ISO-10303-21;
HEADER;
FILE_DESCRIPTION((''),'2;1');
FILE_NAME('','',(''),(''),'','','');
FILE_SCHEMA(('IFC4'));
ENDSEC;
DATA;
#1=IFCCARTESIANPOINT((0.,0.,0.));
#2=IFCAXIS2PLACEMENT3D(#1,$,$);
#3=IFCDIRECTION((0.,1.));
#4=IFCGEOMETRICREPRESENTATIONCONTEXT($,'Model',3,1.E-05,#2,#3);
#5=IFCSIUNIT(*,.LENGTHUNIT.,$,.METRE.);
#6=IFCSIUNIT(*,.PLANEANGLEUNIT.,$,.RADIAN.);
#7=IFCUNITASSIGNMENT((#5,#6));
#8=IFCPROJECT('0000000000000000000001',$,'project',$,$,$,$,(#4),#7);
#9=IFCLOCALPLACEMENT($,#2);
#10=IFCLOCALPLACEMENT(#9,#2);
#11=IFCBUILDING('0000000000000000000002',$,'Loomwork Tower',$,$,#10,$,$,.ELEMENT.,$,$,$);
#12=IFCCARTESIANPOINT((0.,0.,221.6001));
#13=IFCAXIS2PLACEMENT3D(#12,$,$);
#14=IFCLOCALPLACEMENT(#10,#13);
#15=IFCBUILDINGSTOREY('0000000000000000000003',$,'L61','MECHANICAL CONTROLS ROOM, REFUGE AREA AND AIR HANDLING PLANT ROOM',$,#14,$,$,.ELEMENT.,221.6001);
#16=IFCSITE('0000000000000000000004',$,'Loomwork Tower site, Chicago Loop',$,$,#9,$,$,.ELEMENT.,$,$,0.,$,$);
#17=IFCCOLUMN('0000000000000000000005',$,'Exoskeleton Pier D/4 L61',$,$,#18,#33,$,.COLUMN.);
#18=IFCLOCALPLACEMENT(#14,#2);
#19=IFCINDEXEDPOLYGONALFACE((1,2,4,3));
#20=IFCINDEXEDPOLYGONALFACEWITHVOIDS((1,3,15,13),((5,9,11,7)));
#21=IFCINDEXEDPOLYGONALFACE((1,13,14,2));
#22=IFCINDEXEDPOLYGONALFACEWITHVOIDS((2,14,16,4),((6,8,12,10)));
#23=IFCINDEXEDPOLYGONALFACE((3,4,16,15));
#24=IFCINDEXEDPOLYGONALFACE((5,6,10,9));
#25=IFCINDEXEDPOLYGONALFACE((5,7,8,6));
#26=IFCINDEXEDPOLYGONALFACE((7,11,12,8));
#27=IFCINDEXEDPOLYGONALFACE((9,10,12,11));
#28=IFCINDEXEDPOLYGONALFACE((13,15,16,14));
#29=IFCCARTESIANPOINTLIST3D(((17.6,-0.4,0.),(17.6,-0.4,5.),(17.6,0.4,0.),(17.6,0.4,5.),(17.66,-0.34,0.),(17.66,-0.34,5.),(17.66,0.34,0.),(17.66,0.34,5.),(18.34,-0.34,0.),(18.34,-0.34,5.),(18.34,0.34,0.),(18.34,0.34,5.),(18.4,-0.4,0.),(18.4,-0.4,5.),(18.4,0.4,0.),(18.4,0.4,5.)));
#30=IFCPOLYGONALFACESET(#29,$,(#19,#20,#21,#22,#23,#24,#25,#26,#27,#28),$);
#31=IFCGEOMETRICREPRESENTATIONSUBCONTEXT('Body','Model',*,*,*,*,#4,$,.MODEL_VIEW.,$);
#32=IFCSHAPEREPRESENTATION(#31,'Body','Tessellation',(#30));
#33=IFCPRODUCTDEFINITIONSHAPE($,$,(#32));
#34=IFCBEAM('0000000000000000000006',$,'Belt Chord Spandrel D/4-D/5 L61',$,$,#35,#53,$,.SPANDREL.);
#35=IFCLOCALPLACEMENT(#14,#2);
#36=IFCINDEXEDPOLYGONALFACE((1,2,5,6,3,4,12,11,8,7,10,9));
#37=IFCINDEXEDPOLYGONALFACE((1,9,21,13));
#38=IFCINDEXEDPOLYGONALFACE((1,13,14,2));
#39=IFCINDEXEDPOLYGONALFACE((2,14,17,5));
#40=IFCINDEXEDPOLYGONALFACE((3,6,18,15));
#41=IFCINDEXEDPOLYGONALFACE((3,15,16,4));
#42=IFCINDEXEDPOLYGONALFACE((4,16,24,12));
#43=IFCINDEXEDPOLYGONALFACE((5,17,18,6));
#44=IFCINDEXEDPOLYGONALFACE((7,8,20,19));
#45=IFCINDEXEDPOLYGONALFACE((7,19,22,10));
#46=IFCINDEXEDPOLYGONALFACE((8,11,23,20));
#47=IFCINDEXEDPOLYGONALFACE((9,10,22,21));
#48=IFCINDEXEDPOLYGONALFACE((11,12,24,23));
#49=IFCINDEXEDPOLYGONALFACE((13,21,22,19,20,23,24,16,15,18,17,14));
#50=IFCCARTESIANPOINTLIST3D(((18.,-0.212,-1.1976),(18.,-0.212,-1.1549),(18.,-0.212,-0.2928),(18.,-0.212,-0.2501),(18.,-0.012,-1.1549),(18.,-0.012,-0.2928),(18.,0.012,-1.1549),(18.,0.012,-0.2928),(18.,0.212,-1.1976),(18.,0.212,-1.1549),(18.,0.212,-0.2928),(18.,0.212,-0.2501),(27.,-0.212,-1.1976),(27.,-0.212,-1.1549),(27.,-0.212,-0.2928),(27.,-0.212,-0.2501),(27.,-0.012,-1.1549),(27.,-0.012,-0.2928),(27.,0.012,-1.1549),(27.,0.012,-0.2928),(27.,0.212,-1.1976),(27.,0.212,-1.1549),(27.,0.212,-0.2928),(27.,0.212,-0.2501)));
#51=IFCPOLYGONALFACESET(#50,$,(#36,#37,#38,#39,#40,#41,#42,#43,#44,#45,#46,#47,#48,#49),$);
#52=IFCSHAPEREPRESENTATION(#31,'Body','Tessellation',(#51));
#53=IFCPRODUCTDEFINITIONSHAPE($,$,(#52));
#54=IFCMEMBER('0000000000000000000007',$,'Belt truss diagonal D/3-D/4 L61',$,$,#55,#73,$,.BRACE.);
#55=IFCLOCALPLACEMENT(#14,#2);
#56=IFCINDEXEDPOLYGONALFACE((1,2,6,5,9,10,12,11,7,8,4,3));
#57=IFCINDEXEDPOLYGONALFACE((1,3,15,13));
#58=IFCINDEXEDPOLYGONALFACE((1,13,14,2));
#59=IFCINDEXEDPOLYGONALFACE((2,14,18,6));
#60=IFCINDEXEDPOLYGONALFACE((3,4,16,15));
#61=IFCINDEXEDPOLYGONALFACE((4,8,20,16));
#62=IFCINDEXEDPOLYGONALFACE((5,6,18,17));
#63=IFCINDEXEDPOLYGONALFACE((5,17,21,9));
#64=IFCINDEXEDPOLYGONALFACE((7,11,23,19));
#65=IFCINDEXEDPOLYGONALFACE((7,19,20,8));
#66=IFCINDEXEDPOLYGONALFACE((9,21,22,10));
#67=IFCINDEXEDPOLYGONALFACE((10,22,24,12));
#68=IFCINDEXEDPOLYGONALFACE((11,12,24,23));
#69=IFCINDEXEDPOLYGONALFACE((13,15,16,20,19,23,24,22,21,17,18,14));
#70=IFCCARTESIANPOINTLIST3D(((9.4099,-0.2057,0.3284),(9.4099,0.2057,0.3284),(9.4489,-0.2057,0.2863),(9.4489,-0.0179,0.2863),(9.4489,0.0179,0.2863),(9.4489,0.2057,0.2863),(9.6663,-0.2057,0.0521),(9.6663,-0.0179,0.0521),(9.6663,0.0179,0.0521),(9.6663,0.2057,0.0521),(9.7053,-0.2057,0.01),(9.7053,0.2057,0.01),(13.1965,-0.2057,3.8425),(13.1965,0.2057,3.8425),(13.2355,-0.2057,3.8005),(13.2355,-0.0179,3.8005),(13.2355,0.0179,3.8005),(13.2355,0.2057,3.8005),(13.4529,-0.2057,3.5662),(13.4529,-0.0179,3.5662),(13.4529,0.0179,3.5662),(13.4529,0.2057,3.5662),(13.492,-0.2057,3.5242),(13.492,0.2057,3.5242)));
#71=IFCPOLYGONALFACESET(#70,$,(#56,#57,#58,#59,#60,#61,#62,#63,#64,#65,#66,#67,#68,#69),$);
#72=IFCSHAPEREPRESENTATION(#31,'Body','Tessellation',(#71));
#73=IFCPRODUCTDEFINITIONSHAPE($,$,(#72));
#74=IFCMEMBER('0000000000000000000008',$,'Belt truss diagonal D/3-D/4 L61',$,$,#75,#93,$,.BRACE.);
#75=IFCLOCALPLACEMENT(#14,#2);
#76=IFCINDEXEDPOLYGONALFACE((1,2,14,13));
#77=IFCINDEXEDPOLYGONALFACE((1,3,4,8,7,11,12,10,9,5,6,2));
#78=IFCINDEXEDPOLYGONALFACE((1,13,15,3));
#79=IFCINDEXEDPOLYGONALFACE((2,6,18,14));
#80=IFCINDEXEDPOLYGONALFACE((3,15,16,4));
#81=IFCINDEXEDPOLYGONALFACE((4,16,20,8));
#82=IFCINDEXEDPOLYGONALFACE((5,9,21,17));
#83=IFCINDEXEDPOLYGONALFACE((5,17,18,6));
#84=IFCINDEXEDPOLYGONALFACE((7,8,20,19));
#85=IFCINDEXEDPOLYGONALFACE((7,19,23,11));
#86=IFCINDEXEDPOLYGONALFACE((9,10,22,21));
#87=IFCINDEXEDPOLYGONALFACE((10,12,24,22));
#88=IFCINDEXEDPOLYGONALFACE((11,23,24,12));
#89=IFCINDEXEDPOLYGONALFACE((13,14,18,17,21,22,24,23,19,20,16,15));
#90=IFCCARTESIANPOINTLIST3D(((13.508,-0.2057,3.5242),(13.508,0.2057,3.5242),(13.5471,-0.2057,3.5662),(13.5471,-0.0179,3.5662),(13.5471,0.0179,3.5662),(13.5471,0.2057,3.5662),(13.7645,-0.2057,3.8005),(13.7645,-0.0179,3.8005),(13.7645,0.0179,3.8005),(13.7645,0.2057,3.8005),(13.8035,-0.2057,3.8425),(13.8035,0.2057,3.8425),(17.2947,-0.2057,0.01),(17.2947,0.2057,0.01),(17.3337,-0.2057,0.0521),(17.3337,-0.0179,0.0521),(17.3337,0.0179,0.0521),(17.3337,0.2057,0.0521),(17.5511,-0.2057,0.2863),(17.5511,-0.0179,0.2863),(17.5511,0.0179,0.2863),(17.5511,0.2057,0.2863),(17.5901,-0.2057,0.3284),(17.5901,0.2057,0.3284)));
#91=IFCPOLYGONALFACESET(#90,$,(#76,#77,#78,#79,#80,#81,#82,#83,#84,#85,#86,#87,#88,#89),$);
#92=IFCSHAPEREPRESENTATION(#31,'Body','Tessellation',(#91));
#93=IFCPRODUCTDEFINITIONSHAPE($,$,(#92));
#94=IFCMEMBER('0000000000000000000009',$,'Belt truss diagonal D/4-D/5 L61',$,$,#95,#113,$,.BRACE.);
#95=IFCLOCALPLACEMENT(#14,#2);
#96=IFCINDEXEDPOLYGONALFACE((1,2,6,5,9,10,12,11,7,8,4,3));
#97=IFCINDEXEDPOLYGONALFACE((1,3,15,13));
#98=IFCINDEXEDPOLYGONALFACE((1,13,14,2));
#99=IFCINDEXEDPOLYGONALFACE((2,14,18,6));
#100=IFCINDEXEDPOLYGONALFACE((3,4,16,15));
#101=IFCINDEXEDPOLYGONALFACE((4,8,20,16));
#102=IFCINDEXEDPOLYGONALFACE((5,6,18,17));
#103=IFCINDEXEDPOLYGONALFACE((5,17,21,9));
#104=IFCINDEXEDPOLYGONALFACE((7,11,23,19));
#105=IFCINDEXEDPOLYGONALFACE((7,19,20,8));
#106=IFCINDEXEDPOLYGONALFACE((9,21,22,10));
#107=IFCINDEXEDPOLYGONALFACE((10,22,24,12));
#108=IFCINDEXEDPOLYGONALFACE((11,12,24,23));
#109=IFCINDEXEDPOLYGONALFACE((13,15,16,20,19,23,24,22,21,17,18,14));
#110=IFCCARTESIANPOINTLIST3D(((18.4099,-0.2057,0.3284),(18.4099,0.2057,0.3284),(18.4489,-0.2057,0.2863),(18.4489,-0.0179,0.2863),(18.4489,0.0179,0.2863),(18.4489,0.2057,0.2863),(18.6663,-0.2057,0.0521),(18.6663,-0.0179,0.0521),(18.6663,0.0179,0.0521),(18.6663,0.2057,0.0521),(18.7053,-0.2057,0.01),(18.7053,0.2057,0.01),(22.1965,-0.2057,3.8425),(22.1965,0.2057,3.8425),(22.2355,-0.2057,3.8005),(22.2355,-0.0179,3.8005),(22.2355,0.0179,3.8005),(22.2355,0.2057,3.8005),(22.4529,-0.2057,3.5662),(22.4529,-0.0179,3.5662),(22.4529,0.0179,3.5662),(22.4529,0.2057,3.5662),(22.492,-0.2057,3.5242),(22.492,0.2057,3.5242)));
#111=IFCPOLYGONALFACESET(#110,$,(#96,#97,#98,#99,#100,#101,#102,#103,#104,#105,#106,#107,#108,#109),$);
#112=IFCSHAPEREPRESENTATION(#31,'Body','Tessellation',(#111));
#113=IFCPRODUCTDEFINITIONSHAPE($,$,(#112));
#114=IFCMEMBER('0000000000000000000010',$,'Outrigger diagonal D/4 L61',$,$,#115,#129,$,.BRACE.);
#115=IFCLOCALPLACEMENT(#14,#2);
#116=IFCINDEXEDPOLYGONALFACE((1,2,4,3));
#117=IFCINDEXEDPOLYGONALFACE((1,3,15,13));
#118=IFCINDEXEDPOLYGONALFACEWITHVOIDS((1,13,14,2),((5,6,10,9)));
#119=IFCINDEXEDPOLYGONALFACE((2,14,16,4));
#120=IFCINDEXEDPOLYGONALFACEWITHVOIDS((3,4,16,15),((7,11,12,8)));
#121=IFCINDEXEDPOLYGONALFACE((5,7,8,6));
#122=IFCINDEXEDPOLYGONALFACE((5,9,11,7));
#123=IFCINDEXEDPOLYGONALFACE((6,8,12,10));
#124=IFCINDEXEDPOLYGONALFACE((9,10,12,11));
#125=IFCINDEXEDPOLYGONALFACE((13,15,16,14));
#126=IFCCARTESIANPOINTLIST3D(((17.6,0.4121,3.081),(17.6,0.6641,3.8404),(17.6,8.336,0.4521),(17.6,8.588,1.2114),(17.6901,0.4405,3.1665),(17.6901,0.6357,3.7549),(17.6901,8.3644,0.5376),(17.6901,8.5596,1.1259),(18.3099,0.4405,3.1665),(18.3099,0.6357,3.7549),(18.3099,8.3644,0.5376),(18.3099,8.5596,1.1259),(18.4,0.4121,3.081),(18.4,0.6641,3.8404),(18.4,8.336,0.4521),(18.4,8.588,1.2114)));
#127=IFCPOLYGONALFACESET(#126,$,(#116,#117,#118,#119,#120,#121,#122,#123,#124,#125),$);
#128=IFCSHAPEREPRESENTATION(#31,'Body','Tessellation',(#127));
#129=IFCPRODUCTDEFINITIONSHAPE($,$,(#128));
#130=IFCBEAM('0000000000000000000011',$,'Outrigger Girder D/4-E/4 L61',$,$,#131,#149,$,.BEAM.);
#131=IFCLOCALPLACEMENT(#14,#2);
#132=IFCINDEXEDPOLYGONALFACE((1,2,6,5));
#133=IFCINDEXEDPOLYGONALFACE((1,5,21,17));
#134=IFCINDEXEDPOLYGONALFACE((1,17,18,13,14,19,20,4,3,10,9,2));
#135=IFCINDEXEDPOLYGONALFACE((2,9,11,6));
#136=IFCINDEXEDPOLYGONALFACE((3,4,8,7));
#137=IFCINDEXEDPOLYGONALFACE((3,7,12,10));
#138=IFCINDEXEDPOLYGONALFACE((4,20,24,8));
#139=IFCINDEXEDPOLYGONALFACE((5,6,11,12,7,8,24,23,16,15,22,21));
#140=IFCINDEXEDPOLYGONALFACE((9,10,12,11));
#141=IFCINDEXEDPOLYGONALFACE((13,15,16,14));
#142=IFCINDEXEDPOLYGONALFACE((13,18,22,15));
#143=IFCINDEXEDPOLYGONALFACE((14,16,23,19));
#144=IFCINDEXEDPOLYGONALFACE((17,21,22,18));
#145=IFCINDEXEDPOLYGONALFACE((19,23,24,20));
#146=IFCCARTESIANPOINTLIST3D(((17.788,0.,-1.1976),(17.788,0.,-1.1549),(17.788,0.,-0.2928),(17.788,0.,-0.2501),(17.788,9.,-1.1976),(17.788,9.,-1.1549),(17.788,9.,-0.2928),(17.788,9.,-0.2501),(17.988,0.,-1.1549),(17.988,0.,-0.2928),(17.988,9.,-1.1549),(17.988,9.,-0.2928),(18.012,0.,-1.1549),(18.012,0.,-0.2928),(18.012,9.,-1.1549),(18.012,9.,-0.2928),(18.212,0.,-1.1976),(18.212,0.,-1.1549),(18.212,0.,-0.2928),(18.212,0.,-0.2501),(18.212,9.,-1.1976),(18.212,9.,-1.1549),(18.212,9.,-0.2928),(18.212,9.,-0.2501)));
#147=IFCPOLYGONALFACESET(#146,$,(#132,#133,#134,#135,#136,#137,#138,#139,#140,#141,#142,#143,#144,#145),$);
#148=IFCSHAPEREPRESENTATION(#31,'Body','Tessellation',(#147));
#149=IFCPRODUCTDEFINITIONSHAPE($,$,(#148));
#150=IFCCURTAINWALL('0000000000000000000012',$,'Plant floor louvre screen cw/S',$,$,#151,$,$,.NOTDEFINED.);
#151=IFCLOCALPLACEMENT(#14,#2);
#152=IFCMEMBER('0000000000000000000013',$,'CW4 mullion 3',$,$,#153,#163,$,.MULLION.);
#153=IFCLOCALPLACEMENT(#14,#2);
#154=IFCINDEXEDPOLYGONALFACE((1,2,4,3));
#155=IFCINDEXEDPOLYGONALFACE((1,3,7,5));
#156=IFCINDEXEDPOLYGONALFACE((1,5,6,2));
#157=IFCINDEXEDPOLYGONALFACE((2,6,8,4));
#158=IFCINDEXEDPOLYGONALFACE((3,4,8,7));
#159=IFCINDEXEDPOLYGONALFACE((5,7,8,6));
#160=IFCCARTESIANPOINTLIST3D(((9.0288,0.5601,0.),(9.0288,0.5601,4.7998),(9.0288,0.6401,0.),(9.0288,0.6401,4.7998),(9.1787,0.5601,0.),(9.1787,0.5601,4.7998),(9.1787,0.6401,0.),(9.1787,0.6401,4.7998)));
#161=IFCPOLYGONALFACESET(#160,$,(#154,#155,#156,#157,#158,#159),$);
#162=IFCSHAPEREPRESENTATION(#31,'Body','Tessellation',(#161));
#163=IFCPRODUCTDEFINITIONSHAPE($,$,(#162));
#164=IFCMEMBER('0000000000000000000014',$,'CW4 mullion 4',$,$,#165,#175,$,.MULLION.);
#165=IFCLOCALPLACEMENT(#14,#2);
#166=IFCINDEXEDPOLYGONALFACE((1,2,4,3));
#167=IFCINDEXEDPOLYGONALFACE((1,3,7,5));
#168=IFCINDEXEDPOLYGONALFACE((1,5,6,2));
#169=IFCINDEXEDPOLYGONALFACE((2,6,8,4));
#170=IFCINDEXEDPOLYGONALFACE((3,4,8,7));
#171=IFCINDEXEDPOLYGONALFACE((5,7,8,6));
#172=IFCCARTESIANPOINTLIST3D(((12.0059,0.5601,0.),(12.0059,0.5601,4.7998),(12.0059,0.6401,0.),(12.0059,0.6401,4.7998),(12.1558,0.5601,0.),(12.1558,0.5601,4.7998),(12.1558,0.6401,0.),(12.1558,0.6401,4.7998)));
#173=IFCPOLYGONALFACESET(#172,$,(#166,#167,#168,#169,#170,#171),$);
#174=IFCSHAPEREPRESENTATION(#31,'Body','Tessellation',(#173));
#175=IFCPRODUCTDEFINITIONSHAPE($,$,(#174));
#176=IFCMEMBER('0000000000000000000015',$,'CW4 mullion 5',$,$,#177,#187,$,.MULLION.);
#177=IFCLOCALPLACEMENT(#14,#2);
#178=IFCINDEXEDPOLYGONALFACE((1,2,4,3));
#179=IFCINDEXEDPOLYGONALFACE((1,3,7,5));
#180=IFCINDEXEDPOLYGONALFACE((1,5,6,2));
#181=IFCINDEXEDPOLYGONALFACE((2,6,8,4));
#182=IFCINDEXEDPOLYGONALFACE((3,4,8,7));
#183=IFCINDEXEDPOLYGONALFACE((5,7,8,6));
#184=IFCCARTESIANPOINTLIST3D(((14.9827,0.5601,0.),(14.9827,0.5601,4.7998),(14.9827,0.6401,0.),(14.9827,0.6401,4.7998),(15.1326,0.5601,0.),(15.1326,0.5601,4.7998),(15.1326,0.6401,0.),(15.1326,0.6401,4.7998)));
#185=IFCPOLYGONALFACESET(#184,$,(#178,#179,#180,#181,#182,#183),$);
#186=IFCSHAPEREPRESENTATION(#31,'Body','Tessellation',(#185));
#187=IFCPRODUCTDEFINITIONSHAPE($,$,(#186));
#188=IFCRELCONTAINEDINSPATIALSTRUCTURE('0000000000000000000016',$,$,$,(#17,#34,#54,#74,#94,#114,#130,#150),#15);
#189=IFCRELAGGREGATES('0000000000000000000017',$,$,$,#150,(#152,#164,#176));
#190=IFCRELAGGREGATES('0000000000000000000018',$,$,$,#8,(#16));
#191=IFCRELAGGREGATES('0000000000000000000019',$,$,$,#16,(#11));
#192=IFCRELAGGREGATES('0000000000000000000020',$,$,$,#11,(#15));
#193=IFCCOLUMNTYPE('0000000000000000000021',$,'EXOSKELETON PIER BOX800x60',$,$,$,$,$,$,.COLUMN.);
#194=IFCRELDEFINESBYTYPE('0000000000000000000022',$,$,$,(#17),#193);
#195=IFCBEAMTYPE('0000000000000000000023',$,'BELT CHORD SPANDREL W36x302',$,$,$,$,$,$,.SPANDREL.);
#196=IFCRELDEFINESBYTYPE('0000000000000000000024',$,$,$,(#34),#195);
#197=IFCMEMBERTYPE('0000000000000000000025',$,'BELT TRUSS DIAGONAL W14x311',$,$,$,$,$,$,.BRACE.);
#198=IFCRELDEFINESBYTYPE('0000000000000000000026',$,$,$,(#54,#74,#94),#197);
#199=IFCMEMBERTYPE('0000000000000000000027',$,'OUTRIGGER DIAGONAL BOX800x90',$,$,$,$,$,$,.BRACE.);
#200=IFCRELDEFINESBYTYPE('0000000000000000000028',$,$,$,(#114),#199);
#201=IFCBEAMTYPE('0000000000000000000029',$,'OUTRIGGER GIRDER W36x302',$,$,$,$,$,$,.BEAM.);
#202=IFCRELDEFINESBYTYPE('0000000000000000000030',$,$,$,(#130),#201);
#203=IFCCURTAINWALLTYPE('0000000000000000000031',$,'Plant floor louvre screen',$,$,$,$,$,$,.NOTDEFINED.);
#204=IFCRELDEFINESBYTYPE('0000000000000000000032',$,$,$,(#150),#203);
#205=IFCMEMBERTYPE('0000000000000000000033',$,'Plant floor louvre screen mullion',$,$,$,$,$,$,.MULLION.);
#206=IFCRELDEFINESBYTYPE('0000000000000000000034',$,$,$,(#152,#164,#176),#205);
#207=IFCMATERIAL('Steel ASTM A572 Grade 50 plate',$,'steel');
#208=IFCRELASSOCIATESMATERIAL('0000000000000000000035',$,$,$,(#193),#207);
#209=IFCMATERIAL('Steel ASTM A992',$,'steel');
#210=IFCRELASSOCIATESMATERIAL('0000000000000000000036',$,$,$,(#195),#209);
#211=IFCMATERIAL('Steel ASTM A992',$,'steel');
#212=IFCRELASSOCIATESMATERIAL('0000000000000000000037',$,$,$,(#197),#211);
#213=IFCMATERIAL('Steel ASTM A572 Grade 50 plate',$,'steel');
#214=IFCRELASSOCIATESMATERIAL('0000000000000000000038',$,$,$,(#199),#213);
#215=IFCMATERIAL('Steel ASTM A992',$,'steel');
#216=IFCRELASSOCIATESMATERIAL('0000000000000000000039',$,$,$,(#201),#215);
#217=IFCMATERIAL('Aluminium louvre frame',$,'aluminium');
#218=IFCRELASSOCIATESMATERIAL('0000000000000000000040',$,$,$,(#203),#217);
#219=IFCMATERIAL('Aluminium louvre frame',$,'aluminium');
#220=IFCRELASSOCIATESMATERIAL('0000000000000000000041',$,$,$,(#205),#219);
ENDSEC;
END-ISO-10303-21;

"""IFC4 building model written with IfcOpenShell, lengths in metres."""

from ifc_helpers import new_model, si_unit, direction, frame, origin, origin_2d, place, context, subcontext, project, spatial, rectangle, hollow_rectangle, i_section, extrude, material, material_profile, profile_set, type_object, element, aggregate, save


model = new_model("IFC4")

# Units and contexts
model_context = context("Model", 3, precision=1e-05, world=origin(), true_north=direction((0.0, 1.0)))
body_context = subcontext(model_context, "Body", "Model", "MODEL_VIEW")
ifc_project = project(units=[si_unit("LENGTHUNIT", "METRE"), si_unit("PLANEANGLEUNIT", "RADIAN")], contexts=[model_context])

# Site, building, storey
site_placement = place(None, origin())
site = spatial("IfcSite", under=ifc_project, at=site_placement, Name="Loomwork Tower site, Chicago Loop", CompositionType="ELEMENT", RefElevation=0.0)
building_placement = place(site_placement, origin())
building = spatial("IfcBuilding", under=site, at=building_placement, Name="Loomwork Tower", CompositionType="ELEMENT")
storey_placement = place(building_placement, frame((0.0, 0.0, 221.6001)))
storey = spatial("IfcBuildingStorey", under=building, at=storey_placement, Name="L61", Description="MECHANICAL CONTROLS ROOM, REFUGE AREA AND AIR HANDLING PLANT ROOM", CompositionType="ELEMENT", Elevation=221.6001)

# Column
ifc_material_1 = material(Name="Steel ASTM A572 Grade 50 plate", Category="steel")
ifc_material_profile_1 = material_profile(ifc_material_1, hollow_rectangle(XDim=0.8, YDim=0.8, WallThickness=0.0601, at=origin_2d()), Name="BOX800x60")
ifc_profile_set_1 = profile_set([ifc_material_profile_1], Name="Steel ASTM A572 Grade 50 plate")
column_type = type_object("IfcColumnType", Name="EXOSKELETON PIER BOX800x60", PredefinedType="COLUMN", material=ifc_profile_set_1)
column_placement = place(storey_placement, frame((18.0, 0.0, 0.0), z_axis=(0.0, 0.0, 1.0), x_axis=(1.0, 0.0, 0.0)))
element("IfcColumn", 1, at=column_placement, inside=storey, type_object=column_type, Name="Exoskeleton Pier D/4 L61", PredefinedType="COLUMN", context=body_context, shape_type="SweptSolid", body=[
    extrude(hollow_rectangle(XDim=0.8, YDim=0.8, WallThickness=0.0601, at=origin_2d()), origin(), (0.0, 0.0, 1.0), 5.0),
])

# Beam
ifc_material_2 = material(Name="Steel ASTM A992", Category="steel")
ifc_material_profile_2 = material_profile(ifc_material_2, i_section(OverallWidth=0.4241, OverallDepth=0.9475, WebThickness=0.0239, FlangeThickness=0.0427, at=origin_2d()), Name="W36x302")
ifc_profile_set_2 = profile_set([ifc_material_profile_2], Name="Steel ASTM A992")
beam_type_1 = type_object("IfcBeamType", Name="BELT CHORD SPANDREL W36x302", PredefinedType="SPANDREL", material=ifc_profile_set_2)
beam_1_placement = place(storey_placement, frame((18.0, 0.0, -0.7239), z_axis=(1.0, 0.0, 0.0), x_axis=(0.0, 1.0, 0.0)))
element("IfcBeam", 2, at=beam_1_placement, inside=storey, type_object=beam_type_1, Name="Belt Chord Spandrel D/4-D/5 L61", PredefinedType="SPANDREL", context=body_context, shape_type="SweptSolid", body=[
    extrude(i_section(OverallWidth=0.4241, OverallDepth=0.9475, WebThickness=0.0239, FlangeThickness=0.0427, at=origin_2d()), origin(), (0.0, 0.0, 1.0), 9.0),
])

# Members
ifc_material_3 = material(Name="Steel ASTM A992", Category="steel")
ifc_material_profile_3 = material_profile(ifc_material_3, i_section(OverallWidth=0.4114, OverallDepth=0.4343, WebThickness=0.0359, FlangeThickness=0.0574, at=origin_2d()), Name="W14x311")
ifc_profile_set_3 = profile_set([ifc_material_profile_3], Name="Steel ASTM A992")
member_type_1 = type_object("IfcMemberType", Name="BELT TRUSS DIAGONAL W14x311", PredefinedType="BRACE", material=ifc_profile_set_3)
for number, where, z_axis, x_axis, name in (
    (3, (9.5576, 0.0, 0.1692), (0.732985, 0.0, 0.680244), (0.0, 1.0, 0.0), "Belt truss diagonal D/3-D/4 L61"),
    (4, (17.4424, 0.0, 0.1692), (-0.732985, 0.0, 0.680244), (0.0, -1.0, 0.0), "Belt truss diagonal D/3-D/4 L61"),
    (5, (18.5576, 0.0, 0.1692), (0.732985, 0.0, 0.680244), (0.0, 1.0, 0.0), "Belt truss diagonal D/4-D/5 L61"),
):
    element("IfcMember", number, at=place(storey_placement, frame(where, z_axis=z_axis, x_axis=x_axis)), inside=storey, type_object=member_type_1, Name=name, PredefinedType="BRACE", context=body_context, shape_type="SweptSolid", body=[
        extrude(i_section(OverallWidth=0.4114, OverallDepth=0.4343, WebThickness=0.0359, FlangeThickness=0.0574, at=origin_2d()), origin(), (0.0, 0.0, 1.0), 5.166),
    ])
ifc_material_4 = material(Name="Steel ASTM A572 Grade 50 plate", Category="steel")
ifc_material_profile_4 = material_profile(ifc_material_4, hollow_rectangle(XDim=0.8, YDim=0.8, WallThickness=0.0901, at=origin_2d()), Name="BOX800x90")
ifc_profile_set_4 = profile_set([ifc_material_profile_4], Name="Steel ASTM A572 Grade 50 plate")
member_type_2 = type_object("IfcMemberType", Name="OUTRIGGER DIAGONAL BOX800x90", PredefinedType="BRACE", material=ifc_profile_set_4)
member_1_placement = place(storey_placement, frame((18.0, 0.5381, 3.4607), z_axis=(0.0, 0.949127, -0.314894), x_axis=(-1.0, 0.0, 0.0)))
element("IfcMember", 6, at=member_1_placement, inside=storey, type_object=member_type_2, Name="Outrigger diagonal D/4 L61", PredefinedType="BRACE", context=body_context, shape_type="SweptSolid", body=[
    extrude(hollow_rectangle(XDim=0.8, YDim=0.8, WallThickness=0.0901, at=origin_2d()), origin(), (0.0, 0.0, 1.0), 8.3486),
])

# Beam
ifc_material_5 = material(Name="Steel ASTM A992", Category="steel")
ifc_material_profile_5 = material_profile(ifc_material_5, i_section(OverallWidth=0.4241, OverallDepth=0.9475, WebThickness=0.0239, FlangeThickness=0.0427, at=origin_2d()), Name="W36x302")
ifc_profile_set_5 = profile_set([ifc_material_profile_5], Name="Steel ASTM A992")
beam_type_2 = type_object("IfcBeamType", Name="OUTRIGGER GIRDER W36x302", PredefinedType="BEAM", material=ifc_profile_set_5)
beam_2_placement = place(storey_placement, frame((18.0, 0.0, -0.7239), z_axis=(0.0, 1.0, 0.0), x_axis=(-1.0, 0.0, 0.0)))
element("IfcBeam", 7, at=beam_2_placement, inside=storey, type_object=beam_type_2, Name="Outrigger Girder D/4-E/4 L61", PredefinedType="BEAM", context=body_context, shape_type="SweptSolid", body=[
    extrude(i_section(OverallWidth=0.4241, OverallDepth=0.9475, WebThickness=0.0239, FlangeThickness=0.0427, at=origin_2d()), origin(), (0.0, 0.0, 1.0), 9.0),
])

# Curtain wall, members
ifc_material_6 = material(Name="Aluminium louvre frame", Category="aluminium")
curtain_wall_type = type_object("IfcCurtainWallType", Name="Plant floor louvre screen", PredefinedType="NOTDEFINED", material=ifc_material_6)
curtain_wall_placement = place(storey_placement, origin())
curtain_wall = element("IfcCurtainWall", 8, at=curtain_wall_placement, inside=storey, type_object=curtain_wall_type, Name="Plant floor louvre screen cw/S", PredefinedType="NOTDEFINED")
ifc_material_7 = material(Name="Aluminium louvre frame", Category="aluminium")
ifc_material_profile_6 = material_profile(ifc_material_7, rectangle(XDim=0.0801, YDim=0.1499, at=origin_2d()), Name="AL 80x150")
ifc_profile_set_6 = profile_set([ifc_material_profile_6], Name="Aluminium louvre frame")
member_type_3 = type_object("IfcMemberType", Name="Plant floor louvre screen mullion", PredefinedType="MULLION", material=ifc_profile_set_6)
member_2_placement = place(storey_placement, frame((9.1038, 0.6001, 0.0), z_axis=(0.0, 0.0, 1.0), x_axis=(0.0, 1.0, 0.0)))
member_2 = element("IfcMember", 9, at=member_2_placement, type_object=member_type_3, Name="CW4 mullion 3", PredefinedType="MULLION", context=body_context, shape_type="SweptSolid", body=[
    extrude(rectangle(XDim=0.0801, YDim=0.1499, at=origin_2d()), origin(), (0.0, 0.0, 1.0), 4.7998),
])
member_3_placement = place(storey_placement, frame((12.0808, 0.6001, 0.0), z_axis=(0.0, 0.0, 1.0), x_axis=(0.0, 1.0, 0.0)))
member_3 = element("IfcMember", 10, at=member_3_placement, type_object=member_type_3, Name="CW4 mullion 4", PredefinedType="MULLION", context=body_context, shape_type="SweptSolid", body=[
    extrude(rectangle(XDim=0.0801, YDim=0.1499, at=origin_2d()), origin(), (0.0, 0.0, 1.0), 4.7998),
])
member_4_placement = place(storey_placement, frame((15.0576, 0.6001, 0.0), z_axis=(0.0, 0.0, 1.0), x_axis=(0.0, 1.0, 0.0)))
member_4 = element("IfcMember", 11, at=member_4_placement, type_object=member_type_3, Name="CW4 mullion 5", PredefinedType="MULLION", context=body_context, shape_type="SweptSolid", body=[
    extrude(rectangle(XDim=0.0801, YDim=0.1499, at=origin_2d()), origin(), (0.0, 0.0, 1.0), 4.7998),
])

aggregate(curtain_wall, [member_2, member_3, member_4])

save(model, "model.ifc")
